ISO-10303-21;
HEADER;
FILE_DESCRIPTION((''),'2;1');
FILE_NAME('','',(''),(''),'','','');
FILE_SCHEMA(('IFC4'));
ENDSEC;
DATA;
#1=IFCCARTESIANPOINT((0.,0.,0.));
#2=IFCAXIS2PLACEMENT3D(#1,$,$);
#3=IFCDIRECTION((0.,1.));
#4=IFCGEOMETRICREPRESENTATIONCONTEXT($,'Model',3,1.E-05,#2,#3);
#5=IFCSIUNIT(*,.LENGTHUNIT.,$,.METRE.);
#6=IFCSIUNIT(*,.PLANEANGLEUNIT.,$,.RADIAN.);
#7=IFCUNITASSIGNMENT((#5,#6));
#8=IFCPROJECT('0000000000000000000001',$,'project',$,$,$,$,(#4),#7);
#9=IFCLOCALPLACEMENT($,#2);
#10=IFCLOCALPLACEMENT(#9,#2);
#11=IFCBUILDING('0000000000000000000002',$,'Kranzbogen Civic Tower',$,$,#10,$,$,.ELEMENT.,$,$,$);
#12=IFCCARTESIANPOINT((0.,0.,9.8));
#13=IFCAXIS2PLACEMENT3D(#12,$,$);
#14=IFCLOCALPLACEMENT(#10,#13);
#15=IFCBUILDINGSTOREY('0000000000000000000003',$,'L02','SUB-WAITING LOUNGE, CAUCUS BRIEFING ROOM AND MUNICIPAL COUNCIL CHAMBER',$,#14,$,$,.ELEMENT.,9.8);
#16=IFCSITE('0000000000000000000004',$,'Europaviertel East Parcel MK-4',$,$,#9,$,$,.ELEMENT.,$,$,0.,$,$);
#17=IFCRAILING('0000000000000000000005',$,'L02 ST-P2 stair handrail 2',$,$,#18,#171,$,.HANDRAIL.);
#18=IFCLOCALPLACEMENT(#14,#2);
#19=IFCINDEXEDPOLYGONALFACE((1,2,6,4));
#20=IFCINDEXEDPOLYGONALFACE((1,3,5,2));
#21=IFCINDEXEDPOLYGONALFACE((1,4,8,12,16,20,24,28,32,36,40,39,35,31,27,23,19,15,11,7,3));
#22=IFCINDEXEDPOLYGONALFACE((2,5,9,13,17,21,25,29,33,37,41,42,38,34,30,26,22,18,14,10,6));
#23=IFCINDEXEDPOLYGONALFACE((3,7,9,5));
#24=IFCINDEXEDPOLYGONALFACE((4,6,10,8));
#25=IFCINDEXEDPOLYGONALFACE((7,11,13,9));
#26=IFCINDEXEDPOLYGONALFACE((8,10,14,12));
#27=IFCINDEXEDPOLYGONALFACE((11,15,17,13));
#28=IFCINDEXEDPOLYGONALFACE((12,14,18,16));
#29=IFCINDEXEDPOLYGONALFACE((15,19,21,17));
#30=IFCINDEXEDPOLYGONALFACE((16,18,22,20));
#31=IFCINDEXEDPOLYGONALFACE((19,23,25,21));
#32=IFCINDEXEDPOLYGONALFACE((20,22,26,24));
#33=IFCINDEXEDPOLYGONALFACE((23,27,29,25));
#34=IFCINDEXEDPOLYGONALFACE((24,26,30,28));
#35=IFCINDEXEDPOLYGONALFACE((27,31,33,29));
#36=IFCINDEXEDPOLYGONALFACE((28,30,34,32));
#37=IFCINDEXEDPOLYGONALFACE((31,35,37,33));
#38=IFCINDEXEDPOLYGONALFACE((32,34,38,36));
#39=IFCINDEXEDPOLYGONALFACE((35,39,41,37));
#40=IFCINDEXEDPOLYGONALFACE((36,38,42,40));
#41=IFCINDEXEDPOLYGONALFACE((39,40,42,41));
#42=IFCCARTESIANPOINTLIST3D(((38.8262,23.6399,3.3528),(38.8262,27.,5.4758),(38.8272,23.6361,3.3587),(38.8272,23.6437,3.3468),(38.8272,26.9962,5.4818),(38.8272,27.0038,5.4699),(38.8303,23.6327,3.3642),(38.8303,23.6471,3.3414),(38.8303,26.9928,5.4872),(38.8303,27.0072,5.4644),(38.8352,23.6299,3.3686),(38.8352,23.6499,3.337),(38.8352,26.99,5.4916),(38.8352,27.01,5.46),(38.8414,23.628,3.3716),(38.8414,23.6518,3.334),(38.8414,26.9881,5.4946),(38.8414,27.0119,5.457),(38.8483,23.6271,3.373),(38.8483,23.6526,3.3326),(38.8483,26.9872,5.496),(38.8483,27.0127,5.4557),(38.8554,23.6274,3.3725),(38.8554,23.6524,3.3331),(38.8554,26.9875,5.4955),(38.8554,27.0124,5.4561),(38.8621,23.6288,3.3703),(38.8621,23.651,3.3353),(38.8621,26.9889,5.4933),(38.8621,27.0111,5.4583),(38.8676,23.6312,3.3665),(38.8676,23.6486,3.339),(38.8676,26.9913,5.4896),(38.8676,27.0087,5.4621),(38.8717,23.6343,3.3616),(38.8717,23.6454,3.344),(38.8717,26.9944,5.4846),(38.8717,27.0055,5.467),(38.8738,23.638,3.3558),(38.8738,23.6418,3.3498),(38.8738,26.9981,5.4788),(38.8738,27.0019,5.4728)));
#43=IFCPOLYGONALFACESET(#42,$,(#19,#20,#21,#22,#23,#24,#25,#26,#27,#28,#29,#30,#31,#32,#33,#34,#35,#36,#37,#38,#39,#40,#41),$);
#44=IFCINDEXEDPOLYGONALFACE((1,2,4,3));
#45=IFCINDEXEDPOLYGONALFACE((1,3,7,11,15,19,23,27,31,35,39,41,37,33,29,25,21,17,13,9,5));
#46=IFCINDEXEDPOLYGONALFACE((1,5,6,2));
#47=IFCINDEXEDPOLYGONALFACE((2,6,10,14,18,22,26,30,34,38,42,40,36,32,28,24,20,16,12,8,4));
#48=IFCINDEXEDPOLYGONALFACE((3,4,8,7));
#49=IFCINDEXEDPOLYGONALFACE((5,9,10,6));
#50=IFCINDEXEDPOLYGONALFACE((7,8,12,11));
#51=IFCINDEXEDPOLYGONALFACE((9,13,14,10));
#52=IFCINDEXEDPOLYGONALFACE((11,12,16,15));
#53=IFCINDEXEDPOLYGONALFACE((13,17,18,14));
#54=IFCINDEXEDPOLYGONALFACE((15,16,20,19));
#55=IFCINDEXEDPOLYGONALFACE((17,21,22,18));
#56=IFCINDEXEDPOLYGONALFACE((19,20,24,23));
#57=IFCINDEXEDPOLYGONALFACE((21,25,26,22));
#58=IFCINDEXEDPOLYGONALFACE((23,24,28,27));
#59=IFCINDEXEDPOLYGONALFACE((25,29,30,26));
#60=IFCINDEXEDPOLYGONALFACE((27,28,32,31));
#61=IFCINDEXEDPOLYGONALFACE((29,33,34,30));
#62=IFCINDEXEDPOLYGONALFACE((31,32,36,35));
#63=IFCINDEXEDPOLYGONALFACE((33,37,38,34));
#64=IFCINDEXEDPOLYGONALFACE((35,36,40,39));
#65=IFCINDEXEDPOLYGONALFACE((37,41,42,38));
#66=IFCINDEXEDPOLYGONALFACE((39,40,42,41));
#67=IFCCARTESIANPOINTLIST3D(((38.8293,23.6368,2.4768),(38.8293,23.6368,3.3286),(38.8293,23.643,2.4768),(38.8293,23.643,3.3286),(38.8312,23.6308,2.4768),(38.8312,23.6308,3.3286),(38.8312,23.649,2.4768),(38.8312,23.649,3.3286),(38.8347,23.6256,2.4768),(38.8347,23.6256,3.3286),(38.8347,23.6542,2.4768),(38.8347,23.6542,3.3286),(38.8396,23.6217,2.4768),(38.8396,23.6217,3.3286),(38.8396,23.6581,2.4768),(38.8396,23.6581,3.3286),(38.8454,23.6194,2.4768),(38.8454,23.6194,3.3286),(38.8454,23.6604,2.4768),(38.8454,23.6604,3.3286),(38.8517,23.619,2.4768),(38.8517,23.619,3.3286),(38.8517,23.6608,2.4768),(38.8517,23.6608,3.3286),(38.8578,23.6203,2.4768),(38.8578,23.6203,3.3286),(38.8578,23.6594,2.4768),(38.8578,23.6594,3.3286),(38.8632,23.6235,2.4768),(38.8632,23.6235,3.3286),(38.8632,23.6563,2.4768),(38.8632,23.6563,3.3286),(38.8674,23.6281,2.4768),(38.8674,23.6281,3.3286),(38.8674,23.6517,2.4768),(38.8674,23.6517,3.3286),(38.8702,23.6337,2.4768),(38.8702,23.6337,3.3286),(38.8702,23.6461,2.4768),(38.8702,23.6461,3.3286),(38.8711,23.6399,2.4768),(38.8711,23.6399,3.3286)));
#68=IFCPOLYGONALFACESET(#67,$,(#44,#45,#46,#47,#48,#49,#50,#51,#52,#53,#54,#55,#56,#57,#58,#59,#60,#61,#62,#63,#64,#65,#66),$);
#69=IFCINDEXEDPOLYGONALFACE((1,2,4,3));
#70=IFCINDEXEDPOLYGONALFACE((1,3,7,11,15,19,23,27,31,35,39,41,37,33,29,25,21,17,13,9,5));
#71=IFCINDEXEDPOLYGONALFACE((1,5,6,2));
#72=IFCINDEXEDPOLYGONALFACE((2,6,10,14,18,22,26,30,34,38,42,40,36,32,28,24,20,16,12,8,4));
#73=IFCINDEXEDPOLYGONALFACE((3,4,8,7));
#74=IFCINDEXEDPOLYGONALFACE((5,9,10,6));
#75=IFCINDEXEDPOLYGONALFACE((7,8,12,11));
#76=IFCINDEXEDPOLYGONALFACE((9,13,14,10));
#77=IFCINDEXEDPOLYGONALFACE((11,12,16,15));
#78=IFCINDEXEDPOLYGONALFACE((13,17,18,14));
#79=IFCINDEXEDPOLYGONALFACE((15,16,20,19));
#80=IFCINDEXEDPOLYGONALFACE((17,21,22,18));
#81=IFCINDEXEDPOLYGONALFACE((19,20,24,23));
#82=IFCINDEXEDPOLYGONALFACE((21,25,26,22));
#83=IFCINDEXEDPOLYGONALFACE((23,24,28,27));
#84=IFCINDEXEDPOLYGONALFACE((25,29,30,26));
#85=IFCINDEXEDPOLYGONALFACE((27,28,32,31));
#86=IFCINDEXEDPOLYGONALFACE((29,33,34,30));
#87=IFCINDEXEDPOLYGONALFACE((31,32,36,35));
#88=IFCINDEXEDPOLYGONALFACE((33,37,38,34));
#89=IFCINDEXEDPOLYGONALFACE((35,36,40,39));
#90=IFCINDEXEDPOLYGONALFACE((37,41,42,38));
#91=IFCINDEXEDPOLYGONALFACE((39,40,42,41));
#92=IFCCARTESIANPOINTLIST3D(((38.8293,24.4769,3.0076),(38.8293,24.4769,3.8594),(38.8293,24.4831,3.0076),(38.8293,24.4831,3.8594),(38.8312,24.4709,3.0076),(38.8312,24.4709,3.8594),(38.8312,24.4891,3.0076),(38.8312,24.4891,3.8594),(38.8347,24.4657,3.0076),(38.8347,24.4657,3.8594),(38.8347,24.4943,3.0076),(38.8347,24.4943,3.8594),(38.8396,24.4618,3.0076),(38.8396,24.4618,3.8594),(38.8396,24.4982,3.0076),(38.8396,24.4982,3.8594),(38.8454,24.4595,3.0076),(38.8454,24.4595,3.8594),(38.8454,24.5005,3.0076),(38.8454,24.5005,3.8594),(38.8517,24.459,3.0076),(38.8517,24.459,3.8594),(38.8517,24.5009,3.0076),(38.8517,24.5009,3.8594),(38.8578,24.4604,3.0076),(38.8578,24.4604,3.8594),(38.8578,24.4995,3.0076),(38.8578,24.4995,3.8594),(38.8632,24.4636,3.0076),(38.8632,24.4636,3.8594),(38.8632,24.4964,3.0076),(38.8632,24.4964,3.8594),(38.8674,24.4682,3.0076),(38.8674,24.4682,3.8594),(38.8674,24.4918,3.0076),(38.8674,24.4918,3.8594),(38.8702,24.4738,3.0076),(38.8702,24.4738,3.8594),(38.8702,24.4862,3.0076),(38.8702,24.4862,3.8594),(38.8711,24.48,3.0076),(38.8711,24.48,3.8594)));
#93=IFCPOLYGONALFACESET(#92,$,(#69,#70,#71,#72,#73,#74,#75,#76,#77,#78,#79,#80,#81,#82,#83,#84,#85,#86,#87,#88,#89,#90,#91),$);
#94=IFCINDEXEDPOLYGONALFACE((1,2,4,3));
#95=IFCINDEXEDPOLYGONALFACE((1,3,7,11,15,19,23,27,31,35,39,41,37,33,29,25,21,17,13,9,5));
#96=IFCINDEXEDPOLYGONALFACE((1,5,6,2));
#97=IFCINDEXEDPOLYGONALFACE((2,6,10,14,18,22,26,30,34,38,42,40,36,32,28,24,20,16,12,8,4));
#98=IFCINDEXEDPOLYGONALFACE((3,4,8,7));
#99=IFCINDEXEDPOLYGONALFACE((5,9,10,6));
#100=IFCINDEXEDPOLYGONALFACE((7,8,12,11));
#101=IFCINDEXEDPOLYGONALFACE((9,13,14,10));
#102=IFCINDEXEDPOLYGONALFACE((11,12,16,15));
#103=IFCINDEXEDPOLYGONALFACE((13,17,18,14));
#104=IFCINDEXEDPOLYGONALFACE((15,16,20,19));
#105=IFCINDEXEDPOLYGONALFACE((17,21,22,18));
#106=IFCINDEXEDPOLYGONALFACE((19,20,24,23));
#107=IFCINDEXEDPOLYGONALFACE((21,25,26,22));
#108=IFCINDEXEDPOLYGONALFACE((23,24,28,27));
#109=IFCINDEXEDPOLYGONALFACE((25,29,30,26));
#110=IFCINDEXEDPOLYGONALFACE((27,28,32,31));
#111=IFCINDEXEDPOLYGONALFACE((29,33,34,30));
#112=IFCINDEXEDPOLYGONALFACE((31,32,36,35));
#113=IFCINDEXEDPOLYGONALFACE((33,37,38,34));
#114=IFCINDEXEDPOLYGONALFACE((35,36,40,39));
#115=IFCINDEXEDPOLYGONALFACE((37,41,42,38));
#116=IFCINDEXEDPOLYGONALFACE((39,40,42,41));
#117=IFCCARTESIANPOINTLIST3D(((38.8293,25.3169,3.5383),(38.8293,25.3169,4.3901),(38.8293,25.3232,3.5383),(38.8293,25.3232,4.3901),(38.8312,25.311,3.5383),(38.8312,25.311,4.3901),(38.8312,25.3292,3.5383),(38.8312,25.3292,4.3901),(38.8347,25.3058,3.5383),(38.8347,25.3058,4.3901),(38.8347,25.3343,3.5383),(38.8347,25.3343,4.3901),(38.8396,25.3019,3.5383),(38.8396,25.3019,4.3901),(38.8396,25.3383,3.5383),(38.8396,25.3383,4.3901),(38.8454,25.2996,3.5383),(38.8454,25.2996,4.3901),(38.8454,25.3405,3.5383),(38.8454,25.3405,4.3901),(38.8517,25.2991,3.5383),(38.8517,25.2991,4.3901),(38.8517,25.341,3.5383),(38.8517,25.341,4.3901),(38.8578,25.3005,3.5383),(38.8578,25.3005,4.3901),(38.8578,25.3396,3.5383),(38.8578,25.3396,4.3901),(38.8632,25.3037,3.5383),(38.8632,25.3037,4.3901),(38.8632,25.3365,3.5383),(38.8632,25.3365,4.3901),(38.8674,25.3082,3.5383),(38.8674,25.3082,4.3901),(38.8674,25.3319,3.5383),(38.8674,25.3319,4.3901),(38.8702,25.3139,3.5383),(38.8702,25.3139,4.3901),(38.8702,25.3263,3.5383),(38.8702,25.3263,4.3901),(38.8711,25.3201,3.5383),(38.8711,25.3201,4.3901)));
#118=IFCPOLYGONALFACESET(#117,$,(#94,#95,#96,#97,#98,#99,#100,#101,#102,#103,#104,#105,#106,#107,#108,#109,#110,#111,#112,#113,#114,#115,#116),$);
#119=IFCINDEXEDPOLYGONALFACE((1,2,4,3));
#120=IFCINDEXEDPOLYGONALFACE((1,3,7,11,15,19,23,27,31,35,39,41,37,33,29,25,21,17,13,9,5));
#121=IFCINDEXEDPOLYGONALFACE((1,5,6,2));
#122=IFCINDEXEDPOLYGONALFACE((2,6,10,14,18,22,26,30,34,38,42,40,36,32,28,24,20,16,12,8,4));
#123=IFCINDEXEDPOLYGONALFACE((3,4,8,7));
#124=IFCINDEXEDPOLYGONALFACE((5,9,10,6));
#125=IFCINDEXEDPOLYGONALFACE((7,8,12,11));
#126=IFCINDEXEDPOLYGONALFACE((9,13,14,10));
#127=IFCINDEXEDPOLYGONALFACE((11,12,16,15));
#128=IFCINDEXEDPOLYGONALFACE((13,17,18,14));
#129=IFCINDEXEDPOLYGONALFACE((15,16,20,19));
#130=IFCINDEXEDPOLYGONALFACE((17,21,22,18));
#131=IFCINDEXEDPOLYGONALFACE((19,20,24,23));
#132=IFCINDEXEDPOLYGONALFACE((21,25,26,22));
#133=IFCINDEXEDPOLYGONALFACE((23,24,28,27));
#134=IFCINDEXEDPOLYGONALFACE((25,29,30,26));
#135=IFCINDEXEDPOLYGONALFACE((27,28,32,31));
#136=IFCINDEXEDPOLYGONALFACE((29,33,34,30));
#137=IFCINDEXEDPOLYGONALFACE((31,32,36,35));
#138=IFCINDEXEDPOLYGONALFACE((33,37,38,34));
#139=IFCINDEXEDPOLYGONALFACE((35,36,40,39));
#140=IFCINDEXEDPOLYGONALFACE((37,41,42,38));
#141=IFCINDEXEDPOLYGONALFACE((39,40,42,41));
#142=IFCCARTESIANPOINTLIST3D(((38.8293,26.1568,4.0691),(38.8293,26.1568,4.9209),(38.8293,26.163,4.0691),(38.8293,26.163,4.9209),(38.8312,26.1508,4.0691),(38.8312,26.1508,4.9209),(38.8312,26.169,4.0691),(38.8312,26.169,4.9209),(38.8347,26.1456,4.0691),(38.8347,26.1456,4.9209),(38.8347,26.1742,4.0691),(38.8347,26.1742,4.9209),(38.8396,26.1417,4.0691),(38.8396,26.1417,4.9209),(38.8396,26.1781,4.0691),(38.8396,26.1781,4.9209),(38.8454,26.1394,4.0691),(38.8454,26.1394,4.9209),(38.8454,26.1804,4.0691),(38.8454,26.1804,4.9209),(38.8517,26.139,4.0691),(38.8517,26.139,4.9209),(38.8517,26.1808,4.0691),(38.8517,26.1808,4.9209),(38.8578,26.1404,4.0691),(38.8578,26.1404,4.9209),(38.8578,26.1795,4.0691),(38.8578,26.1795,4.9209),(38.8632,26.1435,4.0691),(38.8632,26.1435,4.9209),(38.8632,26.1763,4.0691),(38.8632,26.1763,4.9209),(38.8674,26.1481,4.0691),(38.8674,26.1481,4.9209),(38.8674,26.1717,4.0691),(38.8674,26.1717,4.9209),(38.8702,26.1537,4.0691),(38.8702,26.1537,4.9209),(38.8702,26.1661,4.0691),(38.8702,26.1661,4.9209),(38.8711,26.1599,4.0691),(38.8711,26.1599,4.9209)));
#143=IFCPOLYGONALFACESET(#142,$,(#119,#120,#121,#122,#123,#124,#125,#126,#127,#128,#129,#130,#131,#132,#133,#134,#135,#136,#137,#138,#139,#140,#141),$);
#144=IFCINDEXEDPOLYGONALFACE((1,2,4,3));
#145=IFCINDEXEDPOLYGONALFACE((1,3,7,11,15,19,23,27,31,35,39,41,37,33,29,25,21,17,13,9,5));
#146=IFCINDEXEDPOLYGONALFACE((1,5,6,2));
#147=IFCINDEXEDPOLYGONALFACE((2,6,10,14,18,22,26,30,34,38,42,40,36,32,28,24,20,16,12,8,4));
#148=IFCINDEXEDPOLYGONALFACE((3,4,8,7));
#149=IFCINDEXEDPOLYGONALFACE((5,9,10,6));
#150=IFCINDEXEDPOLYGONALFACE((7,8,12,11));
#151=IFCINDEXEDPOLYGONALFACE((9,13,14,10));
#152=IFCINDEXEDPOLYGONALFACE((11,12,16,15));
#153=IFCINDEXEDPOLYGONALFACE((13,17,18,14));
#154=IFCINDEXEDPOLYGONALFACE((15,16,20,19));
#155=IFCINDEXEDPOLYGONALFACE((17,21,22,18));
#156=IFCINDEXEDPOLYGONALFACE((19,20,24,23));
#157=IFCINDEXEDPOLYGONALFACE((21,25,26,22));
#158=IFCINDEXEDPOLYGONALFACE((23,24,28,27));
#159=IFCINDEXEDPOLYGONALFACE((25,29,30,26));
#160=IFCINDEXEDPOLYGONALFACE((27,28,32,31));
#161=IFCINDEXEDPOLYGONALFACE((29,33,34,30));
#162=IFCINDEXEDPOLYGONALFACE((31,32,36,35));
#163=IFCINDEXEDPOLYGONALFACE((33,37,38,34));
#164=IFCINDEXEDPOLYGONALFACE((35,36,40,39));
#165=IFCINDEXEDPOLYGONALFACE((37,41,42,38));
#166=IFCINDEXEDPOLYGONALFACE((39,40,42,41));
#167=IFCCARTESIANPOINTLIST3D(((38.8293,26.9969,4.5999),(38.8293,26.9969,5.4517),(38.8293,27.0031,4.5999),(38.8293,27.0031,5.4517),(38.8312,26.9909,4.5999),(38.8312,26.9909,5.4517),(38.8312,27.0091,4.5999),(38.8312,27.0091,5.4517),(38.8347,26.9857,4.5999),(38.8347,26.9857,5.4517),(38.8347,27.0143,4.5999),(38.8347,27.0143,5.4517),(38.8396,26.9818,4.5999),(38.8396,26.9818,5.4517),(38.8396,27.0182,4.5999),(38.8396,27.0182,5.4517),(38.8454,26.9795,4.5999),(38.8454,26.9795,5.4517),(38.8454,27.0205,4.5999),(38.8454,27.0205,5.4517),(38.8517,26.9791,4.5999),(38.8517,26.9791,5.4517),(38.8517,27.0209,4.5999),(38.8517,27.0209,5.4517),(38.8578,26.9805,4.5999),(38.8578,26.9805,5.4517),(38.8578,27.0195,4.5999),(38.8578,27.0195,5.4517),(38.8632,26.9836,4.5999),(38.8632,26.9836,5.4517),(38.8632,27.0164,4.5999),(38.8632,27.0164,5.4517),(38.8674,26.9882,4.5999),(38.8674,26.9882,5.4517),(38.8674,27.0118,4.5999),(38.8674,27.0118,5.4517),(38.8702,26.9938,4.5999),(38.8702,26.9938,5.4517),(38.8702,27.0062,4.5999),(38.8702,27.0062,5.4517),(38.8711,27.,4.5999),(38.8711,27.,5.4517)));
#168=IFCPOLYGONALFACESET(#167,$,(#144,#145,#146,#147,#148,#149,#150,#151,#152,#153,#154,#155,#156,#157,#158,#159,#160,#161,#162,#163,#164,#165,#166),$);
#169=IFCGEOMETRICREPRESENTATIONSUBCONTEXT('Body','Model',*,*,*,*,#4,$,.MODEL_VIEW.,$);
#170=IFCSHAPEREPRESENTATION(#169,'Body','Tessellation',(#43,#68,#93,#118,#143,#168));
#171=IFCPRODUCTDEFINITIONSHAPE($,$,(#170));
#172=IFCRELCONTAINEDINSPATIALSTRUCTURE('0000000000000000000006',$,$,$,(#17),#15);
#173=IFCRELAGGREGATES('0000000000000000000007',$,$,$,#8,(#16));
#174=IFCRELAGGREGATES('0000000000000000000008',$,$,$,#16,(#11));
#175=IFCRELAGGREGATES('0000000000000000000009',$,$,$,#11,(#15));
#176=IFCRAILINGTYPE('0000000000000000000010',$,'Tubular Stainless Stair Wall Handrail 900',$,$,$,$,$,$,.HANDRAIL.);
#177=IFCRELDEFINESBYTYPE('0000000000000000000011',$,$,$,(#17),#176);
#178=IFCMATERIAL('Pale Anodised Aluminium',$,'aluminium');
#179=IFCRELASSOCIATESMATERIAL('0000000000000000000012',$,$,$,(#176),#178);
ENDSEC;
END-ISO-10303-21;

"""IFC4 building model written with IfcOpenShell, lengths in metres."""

from ifc_helpers import new_model, si_unit, direction, frame, origin, origin_2d, place, context, subcontext, project, spatial, circle, extrude, material, type_object, element, save


model = new_model("IFC4")

# Units and contexts
model_context = context("Model", 3, precision=1e-05, world=origin(), true_north=direction((0.0, 1.0)))
body_context = subcontext(model_context, "Body", "Model", "MODEL_VIEW")
ifc_project = project(units=[si_unit("LENGTHUNIT", "METRE"), si_unit("PLANEANGLEUNIT", "RADIAN")], contexts=[model_context])

# Site, building, storey
site_placement = place(None, origin())
site = spatial("IfcSite", under=ifc_project, at=site_placement, Name="Europaviertel East Parcel MK-4", CompositionType="ELEMENT", RefElevation=0.0)
building_placement = place(site_placement, origin())
building = spatial("IfcBuilding", under=site, at=building_placement, Name="Kranzbogen Civic Tower", CompositionType="ELEMENT")
storey_placement = place(building_placement, frame((0.0, 0.0, 9.8)))
storey = spatial("IfcBuildingStorey", under=building, at=storey_placement, Name="L02", Description="SUB-WAITING LOUNGE, CAUCUS BRIEFING ROOM AND MUNICIPAL COUNCIL CHAMBER", CompositionType="ELEMENT", Elevation=9.8)

# Shared definitions
ifc_material_1 = material(Name="Pale Anodised Aluminium", Category="aluminium")

# Railing
railing_type_1 = type_object("IfcRailingType", Name="Tubular Stainless Stair Wall Handrail 900", PredefinedType="HANDRAIL", material=ifc_material_1)
railing_1_placement = place(storey_placement, frame((38.8501, 23.6399, 2.4768)))
element("IfcRailing", 1, at=railing_1_placement, inside=storey, type_object=railing_type_1, Name="L02 ST-P2 stair handrail 2", PredefinedType="HANDRAIL", context=body_context, shape_type="SweptSolid", body=[
    extrude(circle(Radius=0.0239, at=origin_2d()), frame((0.0, 0.0, 0.876), z_axis=(0.0, 0.84539, 0.53415), x_axis=(-1.0, 0.0, 0.0)), (0.0, 0.0, 1.0), 3.9746),
    extrude(circle(Radius=0.021, at=origin_2d()), origin(), (0.0, 0.0, 1.0), 0.8518),
    extrude(circle(Radius=0.021, at=origin_2d()), frame((0.0, 0.8401, 0.5308)), (0.0, 0.0, 1.0), 0.8518),
    extrude(circle(Radius=0.021, at=origin_2d()), frame((0.0, 1.6802, 1.0615)), (0.0, 0.0, 1.0), 0.8518),
    extrude(circle(Radius=0.021, at=origin_2d()), frame((0.0, 2.52, 1.5923)), (0.0, 0.0, 1.0), 0.8518),
    extrude(circle(Radius=0.021, at=origin_2d()), frame((0.0, 3.3601, 2.123)), (0.0, 0.0, 1.0), 0.8518),
])

save(model, "model.ifc")
